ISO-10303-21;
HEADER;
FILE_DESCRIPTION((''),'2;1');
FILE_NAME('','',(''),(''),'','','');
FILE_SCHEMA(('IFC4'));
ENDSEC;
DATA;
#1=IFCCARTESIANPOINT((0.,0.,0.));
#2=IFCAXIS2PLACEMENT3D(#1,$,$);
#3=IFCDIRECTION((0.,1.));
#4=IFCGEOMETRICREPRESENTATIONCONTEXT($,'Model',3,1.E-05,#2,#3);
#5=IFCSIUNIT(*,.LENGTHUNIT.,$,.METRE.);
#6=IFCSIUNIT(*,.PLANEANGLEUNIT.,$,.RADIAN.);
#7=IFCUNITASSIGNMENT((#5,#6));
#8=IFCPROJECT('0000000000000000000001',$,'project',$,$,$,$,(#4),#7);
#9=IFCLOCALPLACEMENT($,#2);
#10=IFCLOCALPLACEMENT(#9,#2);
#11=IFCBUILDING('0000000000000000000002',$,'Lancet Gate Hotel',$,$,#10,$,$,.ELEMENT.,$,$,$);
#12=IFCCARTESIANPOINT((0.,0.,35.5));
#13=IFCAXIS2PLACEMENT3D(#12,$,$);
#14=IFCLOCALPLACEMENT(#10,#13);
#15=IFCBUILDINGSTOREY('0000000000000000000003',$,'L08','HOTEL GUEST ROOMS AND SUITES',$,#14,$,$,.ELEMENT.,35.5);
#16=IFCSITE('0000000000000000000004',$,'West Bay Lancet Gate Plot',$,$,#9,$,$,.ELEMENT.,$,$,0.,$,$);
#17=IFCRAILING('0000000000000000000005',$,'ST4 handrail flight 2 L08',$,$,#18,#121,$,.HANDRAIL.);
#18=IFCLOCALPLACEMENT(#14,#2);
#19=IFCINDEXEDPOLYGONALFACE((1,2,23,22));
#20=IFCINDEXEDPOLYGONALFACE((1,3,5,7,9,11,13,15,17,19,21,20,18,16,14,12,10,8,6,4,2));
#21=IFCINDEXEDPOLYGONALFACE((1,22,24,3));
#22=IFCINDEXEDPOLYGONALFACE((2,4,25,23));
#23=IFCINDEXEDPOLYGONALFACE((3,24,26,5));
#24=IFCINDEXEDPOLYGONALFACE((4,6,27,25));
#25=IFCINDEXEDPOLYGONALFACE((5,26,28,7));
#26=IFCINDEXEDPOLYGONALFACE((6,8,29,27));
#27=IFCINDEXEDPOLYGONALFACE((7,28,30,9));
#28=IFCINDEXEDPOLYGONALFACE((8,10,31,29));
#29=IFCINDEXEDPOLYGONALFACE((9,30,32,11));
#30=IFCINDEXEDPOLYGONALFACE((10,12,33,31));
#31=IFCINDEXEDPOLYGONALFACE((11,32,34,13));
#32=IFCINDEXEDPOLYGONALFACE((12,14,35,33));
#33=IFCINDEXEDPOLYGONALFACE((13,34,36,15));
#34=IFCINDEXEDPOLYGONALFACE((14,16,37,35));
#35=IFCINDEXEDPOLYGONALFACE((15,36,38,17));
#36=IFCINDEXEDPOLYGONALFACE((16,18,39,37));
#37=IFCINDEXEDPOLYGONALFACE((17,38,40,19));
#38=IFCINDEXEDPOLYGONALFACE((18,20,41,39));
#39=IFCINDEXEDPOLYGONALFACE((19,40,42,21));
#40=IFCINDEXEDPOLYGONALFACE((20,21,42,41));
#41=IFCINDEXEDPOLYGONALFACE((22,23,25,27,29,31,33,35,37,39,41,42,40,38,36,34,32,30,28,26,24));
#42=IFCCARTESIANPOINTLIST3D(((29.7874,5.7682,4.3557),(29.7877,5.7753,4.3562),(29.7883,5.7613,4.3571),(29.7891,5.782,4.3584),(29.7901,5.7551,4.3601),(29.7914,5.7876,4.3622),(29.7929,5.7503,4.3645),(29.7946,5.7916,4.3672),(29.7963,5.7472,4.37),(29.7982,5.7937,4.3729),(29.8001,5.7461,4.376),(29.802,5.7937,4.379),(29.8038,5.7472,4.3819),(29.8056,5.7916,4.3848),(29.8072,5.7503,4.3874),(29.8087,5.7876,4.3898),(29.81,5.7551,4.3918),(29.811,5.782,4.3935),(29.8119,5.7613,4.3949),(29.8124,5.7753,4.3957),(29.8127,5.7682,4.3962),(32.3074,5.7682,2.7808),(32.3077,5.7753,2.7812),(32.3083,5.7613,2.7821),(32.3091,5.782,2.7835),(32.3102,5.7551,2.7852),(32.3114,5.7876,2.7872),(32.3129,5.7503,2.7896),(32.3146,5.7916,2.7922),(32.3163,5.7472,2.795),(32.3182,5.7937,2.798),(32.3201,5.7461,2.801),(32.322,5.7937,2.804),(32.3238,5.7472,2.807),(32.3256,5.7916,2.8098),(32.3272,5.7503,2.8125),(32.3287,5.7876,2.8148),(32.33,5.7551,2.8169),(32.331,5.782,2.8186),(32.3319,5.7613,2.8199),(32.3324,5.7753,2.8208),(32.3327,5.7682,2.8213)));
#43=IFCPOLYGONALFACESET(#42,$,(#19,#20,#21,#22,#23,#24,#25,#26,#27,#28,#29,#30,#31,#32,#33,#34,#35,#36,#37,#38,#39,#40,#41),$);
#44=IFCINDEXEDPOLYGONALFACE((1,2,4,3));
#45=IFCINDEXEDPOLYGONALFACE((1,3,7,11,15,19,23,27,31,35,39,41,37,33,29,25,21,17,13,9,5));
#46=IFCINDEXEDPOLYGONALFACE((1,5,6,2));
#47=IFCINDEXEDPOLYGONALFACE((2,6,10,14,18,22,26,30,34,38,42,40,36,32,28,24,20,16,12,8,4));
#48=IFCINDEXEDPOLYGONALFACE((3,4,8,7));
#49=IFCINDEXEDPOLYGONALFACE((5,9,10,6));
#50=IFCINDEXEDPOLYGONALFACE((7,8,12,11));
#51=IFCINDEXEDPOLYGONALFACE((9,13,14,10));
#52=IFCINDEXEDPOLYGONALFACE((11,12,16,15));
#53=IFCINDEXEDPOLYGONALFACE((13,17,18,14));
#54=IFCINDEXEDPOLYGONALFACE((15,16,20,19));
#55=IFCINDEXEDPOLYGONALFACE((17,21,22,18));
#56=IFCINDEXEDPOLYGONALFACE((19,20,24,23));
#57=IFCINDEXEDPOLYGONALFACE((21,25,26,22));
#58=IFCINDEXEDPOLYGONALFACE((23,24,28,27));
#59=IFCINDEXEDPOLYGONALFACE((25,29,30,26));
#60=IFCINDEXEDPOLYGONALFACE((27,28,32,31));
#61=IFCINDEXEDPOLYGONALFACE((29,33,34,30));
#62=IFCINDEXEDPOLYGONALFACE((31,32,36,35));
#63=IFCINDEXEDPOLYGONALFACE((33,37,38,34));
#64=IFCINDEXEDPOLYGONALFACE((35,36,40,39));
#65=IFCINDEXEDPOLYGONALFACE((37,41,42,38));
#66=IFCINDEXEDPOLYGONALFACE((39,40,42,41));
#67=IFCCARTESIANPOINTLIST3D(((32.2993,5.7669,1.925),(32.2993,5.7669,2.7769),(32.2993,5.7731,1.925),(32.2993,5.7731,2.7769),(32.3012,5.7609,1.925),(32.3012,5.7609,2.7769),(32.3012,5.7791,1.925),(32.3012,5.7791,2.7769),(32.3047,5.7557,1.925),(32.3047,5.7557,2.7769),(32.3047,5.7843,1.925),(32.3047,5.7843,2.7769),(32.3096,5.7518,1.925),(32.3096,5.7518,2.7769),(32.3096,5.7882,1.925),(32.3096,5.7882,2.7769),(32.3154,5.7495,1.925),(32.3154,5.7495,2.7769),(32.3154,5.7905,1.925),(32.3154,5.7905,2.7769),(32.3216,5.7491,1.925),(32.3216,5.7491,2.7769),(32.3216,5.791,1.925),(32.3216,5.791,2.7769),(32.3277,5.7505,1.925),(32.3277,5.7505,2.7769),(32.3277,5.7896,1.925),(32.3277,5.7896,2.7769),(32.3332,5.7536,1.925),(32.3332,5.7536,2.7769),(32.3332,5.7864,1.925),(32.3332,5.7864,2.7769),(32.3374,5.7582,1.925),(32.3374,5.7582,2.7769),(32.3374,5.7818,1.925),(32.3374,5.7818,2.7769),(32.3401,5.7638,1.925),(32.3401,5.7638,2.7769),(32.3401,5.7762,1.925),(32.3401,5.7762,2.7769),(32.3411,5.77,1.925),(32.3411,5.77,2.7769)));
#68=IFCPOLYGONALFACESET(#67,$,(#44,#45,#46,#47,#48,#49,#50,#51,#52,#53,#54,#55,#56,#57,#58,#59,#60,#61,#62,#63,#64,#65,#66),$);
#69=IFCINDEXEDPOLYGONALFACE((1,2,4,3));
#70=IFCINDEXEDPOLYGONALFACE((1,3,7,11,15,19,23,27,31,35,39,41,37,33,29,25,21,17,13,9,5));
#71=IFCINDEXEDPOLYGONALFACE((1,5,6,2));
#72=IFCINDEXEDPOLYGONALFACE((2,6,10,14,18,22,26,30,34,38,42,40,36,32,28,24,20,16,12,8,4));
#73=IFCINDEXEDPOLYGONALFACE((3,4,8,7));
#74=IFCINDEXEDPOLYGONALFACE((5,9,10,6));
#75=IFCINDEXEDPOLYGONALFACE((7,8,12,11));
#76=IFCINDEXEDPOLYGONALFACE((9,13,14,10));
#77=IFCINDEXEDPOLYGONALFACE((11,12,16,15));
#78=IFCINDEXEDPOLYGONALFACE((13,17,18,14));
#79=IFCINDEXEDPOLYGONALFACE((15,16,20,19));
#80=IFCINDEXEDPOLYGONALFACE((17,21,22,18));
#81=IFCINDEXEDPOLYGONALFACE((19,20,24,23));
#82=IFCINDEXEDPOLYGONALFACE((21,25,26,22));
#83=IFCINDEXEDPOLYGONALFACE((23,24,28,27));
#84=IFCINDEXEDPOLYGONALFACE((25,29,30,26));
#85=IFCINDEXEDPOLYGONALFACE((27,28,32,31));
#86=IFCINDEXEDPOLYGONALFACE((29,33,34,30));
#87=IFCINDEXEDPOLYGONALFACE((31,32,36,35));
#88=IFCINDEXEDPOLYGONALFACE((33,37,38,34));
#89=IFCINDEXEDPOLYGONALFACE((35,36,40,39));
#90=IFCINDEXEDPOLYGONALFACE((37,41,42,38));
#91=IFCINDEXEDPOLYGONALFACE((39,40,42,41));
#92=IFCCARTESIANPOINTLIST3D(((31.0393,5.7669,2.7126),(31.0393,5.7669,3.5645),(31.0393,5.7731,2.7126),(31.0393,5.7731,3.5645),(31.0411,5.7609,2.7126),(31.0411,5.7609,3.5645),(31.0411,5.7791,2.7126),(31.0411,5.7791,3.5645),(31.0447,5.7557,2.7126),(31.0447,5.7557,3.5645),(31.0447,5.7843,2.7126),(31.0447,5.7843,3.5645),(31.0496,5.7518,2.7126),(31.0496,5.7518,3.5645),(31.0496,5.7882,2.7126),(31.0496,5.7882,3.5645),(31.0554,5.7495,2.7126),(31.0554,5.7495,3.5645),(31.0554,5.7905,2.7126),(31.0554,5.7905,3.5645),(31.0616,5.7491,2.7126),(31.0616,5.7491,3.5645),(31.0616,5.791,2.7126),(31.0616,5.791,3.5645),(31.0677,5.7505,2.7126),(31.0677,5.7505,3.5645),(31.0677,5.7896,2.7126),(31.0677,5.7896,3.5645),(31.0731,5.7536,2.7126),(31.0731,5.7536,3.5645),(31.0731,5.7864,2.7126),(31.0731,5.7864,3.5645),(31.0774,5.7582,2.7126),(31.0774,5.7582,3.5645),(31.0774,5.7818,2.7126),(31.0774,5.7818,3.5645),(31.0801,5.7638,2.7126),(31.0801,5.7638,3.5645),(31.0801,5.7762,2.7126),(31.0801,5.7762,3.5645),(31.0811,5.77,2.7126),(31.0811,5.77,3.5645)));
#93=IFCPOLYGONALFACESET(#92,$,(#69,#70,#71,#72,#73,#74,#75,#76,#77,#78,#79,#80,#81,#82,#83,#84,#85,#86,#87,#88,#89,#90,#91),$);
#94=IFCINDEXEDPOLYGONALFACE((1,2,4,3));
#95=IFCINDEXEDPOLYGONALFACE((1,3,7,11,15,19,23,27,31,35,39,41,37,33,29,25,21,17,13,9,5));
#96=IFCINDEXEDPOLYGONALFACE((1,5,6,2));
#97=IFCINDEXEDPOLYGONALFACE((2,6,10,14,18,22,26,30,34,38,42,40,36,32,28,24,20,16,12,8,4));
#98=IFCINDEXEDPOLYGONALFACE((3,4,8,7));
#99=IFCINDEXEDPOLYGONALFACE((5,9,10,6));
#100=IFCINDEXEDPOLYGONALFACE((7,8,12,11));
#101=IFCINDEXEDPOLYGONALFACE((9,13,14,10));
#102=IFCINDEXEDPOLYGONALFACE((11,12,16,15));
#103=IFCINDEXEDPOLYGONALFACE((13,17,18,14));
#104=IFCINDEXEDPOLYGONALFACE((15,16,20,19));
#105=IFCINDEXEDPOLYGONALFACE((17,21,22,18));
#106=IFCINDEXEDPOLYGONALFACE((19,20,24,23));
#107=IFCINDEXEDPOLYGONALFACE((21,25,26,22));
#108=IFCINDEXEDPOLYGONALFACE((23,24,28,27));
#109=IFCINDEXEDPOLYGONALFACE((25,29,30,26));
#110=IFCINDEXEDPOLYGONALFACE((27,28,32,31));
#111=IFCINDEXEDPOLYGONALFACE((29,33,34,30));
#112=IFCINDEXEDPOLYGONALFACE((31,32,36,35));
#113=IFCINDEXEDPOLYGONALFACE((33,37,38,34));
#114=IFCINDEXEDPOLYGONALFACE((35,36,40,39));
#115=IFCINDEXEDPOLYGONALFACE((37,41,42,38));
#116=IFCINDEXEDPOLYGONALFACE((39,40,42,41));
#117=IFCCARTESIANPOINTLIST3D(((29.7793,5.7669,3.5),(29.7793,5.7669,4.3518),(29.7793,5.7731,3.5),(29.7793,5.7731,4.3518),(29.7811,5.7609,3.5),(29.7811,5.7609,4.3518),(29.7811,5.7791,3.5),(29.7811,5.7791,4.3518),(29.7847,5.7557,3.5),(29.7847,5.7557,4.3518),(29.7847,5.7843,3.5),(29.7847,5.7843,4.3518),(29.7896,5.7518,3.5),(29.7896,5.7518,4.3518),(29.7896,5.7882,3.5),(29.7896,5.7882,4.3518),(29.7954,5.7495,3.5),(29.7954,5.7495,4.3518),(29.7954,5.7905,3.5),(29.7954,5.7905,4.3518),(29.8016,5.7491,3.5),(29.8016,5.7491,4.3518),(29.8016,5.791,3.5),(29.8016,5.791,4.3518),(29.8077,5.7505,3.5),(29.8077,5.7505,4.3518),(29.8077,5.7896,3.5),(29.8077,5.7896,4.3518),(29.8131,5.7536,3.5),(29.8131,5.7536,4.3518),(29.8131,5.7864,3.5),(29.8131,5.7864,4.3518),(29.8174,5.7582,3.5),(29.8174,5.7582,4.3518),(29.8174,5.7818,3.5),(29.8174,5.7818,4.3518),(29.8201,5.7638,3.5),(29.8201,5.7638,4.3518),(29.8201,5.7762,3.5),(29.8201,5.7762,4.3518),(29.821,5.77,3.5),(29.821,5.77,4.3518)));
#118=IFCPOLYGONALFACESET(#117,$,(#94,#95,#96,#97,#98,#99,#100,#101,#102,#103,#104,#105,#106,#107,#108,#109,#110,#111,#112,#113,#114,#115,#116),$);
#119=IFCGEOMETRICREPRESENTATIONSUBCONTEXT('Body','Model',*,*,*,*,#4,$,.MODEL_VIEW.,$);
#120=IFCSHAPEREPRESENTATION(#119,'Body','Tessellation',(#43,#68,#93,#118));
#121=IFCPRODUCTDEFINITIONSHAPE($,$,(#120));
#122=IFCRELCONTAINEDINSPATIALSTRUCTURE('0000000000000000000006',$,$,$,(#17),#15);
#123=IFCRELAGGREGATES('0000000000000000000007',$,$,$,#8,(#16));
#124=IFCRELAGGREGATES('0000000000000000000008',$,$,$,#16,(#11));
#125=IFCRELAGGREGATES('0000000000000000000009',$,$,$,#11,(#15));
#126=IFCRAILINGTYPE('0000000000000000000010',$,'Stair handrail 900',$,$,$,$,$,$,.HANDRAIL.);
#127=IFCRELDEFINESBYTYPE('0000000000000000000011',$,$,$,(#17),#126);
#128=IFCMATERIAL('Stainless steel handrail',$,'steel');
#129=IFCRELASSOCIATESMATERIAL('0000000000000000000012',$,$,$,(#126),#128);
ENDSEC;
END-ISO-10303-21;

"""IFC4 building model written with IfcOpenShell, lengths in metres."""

from ifc_helpers import new_model, si_unit, direction, frame, origin, origin_2d, place, context, subcontext, project, spatial, circle, extrude, material, type_object, element, save


model = new_model("IFC4")

# Units and contexts
model_context = context("Model", 3, precision=1e-05, world=origin(), true_north=direction((0.0, 1.0)))
body_context = subcontext(model_context, "Body", "Model", "MODEL_VIEW")
ifc_project = project(units=[si_unit("LENGTHUNIT", "METRE"), si_unit("PLANEANGLEUNIT", "RADIAN")], contexts=[model_context])

# Site, building, storey
site_placement = place(None, origin())
site = spatial("IfcSite", under=ifc_project, at=site_placement, Name="West Bay Lancet Gate Plot", CompositionType="ELEMENT", RefElevation=0.0)
building_placement = place(site_placement, origin())
building = spatial("IfcBuilding", under=site, at=building_placement, Name="Lancet Gate Hotel", CompositionType="ELEMENT")
storey_placement = place(building_placement, frame((0.0, 0.0, 35.5)))
storey = spatial("IfcBuildingStorey", under=building, at=storey_placement, Name="L08", Description="HOTEL GUEST ROOMS AND SUITES", CompositionType="ELEMENT", Elevation=35.5)

# Railing
ifc_material_1 = material(Name="Stainless steel handrail", Category="steel")
railing_type = type_object("IfcRailingType", Name="Stair handrail 900", PredefinedType="HANDRAIL", material=ifc_material_1)
railing_1_placement = place(storey_placement, frame((32.3201, 5.77, 1.925)))
element("IfcRailing", 1, at=railing_1_placement, inside=storey, type_object=railing_type, Name="ST4 handrail flight 2 L08", PredefinedType="HANDRAIL", context=body_context, shape_type="SweptSolid", body=[
    extrude(circle(Radius=0.0239, at=origin_2d()), frame((0.0, 0.0, 0.876), z_axis=(-0.848008, 0.0, 0.529984), x_axis=(0.0, -1.0, 0.0)), (0.0, 0.0, 1.0), 2.9717),
    extrude(circle(Radius=0.021, at=origin_2d()), origin(), (0.0, 0.0, 1.0), 0.8518),
    extrude(circle(Radius=0.021, at=origin_2d()), frame((-1.26, 0.0, 0.7876)), (0.0, 0.0, 1.0), 0.8518),
    extrude(circle(Radius=0.021, at=origin_2d()), frame((-2.52, 0.0, 1.575)), (0.0, 0.0, 1.0), 0.8518),
])

save(model, "model.ifc")
